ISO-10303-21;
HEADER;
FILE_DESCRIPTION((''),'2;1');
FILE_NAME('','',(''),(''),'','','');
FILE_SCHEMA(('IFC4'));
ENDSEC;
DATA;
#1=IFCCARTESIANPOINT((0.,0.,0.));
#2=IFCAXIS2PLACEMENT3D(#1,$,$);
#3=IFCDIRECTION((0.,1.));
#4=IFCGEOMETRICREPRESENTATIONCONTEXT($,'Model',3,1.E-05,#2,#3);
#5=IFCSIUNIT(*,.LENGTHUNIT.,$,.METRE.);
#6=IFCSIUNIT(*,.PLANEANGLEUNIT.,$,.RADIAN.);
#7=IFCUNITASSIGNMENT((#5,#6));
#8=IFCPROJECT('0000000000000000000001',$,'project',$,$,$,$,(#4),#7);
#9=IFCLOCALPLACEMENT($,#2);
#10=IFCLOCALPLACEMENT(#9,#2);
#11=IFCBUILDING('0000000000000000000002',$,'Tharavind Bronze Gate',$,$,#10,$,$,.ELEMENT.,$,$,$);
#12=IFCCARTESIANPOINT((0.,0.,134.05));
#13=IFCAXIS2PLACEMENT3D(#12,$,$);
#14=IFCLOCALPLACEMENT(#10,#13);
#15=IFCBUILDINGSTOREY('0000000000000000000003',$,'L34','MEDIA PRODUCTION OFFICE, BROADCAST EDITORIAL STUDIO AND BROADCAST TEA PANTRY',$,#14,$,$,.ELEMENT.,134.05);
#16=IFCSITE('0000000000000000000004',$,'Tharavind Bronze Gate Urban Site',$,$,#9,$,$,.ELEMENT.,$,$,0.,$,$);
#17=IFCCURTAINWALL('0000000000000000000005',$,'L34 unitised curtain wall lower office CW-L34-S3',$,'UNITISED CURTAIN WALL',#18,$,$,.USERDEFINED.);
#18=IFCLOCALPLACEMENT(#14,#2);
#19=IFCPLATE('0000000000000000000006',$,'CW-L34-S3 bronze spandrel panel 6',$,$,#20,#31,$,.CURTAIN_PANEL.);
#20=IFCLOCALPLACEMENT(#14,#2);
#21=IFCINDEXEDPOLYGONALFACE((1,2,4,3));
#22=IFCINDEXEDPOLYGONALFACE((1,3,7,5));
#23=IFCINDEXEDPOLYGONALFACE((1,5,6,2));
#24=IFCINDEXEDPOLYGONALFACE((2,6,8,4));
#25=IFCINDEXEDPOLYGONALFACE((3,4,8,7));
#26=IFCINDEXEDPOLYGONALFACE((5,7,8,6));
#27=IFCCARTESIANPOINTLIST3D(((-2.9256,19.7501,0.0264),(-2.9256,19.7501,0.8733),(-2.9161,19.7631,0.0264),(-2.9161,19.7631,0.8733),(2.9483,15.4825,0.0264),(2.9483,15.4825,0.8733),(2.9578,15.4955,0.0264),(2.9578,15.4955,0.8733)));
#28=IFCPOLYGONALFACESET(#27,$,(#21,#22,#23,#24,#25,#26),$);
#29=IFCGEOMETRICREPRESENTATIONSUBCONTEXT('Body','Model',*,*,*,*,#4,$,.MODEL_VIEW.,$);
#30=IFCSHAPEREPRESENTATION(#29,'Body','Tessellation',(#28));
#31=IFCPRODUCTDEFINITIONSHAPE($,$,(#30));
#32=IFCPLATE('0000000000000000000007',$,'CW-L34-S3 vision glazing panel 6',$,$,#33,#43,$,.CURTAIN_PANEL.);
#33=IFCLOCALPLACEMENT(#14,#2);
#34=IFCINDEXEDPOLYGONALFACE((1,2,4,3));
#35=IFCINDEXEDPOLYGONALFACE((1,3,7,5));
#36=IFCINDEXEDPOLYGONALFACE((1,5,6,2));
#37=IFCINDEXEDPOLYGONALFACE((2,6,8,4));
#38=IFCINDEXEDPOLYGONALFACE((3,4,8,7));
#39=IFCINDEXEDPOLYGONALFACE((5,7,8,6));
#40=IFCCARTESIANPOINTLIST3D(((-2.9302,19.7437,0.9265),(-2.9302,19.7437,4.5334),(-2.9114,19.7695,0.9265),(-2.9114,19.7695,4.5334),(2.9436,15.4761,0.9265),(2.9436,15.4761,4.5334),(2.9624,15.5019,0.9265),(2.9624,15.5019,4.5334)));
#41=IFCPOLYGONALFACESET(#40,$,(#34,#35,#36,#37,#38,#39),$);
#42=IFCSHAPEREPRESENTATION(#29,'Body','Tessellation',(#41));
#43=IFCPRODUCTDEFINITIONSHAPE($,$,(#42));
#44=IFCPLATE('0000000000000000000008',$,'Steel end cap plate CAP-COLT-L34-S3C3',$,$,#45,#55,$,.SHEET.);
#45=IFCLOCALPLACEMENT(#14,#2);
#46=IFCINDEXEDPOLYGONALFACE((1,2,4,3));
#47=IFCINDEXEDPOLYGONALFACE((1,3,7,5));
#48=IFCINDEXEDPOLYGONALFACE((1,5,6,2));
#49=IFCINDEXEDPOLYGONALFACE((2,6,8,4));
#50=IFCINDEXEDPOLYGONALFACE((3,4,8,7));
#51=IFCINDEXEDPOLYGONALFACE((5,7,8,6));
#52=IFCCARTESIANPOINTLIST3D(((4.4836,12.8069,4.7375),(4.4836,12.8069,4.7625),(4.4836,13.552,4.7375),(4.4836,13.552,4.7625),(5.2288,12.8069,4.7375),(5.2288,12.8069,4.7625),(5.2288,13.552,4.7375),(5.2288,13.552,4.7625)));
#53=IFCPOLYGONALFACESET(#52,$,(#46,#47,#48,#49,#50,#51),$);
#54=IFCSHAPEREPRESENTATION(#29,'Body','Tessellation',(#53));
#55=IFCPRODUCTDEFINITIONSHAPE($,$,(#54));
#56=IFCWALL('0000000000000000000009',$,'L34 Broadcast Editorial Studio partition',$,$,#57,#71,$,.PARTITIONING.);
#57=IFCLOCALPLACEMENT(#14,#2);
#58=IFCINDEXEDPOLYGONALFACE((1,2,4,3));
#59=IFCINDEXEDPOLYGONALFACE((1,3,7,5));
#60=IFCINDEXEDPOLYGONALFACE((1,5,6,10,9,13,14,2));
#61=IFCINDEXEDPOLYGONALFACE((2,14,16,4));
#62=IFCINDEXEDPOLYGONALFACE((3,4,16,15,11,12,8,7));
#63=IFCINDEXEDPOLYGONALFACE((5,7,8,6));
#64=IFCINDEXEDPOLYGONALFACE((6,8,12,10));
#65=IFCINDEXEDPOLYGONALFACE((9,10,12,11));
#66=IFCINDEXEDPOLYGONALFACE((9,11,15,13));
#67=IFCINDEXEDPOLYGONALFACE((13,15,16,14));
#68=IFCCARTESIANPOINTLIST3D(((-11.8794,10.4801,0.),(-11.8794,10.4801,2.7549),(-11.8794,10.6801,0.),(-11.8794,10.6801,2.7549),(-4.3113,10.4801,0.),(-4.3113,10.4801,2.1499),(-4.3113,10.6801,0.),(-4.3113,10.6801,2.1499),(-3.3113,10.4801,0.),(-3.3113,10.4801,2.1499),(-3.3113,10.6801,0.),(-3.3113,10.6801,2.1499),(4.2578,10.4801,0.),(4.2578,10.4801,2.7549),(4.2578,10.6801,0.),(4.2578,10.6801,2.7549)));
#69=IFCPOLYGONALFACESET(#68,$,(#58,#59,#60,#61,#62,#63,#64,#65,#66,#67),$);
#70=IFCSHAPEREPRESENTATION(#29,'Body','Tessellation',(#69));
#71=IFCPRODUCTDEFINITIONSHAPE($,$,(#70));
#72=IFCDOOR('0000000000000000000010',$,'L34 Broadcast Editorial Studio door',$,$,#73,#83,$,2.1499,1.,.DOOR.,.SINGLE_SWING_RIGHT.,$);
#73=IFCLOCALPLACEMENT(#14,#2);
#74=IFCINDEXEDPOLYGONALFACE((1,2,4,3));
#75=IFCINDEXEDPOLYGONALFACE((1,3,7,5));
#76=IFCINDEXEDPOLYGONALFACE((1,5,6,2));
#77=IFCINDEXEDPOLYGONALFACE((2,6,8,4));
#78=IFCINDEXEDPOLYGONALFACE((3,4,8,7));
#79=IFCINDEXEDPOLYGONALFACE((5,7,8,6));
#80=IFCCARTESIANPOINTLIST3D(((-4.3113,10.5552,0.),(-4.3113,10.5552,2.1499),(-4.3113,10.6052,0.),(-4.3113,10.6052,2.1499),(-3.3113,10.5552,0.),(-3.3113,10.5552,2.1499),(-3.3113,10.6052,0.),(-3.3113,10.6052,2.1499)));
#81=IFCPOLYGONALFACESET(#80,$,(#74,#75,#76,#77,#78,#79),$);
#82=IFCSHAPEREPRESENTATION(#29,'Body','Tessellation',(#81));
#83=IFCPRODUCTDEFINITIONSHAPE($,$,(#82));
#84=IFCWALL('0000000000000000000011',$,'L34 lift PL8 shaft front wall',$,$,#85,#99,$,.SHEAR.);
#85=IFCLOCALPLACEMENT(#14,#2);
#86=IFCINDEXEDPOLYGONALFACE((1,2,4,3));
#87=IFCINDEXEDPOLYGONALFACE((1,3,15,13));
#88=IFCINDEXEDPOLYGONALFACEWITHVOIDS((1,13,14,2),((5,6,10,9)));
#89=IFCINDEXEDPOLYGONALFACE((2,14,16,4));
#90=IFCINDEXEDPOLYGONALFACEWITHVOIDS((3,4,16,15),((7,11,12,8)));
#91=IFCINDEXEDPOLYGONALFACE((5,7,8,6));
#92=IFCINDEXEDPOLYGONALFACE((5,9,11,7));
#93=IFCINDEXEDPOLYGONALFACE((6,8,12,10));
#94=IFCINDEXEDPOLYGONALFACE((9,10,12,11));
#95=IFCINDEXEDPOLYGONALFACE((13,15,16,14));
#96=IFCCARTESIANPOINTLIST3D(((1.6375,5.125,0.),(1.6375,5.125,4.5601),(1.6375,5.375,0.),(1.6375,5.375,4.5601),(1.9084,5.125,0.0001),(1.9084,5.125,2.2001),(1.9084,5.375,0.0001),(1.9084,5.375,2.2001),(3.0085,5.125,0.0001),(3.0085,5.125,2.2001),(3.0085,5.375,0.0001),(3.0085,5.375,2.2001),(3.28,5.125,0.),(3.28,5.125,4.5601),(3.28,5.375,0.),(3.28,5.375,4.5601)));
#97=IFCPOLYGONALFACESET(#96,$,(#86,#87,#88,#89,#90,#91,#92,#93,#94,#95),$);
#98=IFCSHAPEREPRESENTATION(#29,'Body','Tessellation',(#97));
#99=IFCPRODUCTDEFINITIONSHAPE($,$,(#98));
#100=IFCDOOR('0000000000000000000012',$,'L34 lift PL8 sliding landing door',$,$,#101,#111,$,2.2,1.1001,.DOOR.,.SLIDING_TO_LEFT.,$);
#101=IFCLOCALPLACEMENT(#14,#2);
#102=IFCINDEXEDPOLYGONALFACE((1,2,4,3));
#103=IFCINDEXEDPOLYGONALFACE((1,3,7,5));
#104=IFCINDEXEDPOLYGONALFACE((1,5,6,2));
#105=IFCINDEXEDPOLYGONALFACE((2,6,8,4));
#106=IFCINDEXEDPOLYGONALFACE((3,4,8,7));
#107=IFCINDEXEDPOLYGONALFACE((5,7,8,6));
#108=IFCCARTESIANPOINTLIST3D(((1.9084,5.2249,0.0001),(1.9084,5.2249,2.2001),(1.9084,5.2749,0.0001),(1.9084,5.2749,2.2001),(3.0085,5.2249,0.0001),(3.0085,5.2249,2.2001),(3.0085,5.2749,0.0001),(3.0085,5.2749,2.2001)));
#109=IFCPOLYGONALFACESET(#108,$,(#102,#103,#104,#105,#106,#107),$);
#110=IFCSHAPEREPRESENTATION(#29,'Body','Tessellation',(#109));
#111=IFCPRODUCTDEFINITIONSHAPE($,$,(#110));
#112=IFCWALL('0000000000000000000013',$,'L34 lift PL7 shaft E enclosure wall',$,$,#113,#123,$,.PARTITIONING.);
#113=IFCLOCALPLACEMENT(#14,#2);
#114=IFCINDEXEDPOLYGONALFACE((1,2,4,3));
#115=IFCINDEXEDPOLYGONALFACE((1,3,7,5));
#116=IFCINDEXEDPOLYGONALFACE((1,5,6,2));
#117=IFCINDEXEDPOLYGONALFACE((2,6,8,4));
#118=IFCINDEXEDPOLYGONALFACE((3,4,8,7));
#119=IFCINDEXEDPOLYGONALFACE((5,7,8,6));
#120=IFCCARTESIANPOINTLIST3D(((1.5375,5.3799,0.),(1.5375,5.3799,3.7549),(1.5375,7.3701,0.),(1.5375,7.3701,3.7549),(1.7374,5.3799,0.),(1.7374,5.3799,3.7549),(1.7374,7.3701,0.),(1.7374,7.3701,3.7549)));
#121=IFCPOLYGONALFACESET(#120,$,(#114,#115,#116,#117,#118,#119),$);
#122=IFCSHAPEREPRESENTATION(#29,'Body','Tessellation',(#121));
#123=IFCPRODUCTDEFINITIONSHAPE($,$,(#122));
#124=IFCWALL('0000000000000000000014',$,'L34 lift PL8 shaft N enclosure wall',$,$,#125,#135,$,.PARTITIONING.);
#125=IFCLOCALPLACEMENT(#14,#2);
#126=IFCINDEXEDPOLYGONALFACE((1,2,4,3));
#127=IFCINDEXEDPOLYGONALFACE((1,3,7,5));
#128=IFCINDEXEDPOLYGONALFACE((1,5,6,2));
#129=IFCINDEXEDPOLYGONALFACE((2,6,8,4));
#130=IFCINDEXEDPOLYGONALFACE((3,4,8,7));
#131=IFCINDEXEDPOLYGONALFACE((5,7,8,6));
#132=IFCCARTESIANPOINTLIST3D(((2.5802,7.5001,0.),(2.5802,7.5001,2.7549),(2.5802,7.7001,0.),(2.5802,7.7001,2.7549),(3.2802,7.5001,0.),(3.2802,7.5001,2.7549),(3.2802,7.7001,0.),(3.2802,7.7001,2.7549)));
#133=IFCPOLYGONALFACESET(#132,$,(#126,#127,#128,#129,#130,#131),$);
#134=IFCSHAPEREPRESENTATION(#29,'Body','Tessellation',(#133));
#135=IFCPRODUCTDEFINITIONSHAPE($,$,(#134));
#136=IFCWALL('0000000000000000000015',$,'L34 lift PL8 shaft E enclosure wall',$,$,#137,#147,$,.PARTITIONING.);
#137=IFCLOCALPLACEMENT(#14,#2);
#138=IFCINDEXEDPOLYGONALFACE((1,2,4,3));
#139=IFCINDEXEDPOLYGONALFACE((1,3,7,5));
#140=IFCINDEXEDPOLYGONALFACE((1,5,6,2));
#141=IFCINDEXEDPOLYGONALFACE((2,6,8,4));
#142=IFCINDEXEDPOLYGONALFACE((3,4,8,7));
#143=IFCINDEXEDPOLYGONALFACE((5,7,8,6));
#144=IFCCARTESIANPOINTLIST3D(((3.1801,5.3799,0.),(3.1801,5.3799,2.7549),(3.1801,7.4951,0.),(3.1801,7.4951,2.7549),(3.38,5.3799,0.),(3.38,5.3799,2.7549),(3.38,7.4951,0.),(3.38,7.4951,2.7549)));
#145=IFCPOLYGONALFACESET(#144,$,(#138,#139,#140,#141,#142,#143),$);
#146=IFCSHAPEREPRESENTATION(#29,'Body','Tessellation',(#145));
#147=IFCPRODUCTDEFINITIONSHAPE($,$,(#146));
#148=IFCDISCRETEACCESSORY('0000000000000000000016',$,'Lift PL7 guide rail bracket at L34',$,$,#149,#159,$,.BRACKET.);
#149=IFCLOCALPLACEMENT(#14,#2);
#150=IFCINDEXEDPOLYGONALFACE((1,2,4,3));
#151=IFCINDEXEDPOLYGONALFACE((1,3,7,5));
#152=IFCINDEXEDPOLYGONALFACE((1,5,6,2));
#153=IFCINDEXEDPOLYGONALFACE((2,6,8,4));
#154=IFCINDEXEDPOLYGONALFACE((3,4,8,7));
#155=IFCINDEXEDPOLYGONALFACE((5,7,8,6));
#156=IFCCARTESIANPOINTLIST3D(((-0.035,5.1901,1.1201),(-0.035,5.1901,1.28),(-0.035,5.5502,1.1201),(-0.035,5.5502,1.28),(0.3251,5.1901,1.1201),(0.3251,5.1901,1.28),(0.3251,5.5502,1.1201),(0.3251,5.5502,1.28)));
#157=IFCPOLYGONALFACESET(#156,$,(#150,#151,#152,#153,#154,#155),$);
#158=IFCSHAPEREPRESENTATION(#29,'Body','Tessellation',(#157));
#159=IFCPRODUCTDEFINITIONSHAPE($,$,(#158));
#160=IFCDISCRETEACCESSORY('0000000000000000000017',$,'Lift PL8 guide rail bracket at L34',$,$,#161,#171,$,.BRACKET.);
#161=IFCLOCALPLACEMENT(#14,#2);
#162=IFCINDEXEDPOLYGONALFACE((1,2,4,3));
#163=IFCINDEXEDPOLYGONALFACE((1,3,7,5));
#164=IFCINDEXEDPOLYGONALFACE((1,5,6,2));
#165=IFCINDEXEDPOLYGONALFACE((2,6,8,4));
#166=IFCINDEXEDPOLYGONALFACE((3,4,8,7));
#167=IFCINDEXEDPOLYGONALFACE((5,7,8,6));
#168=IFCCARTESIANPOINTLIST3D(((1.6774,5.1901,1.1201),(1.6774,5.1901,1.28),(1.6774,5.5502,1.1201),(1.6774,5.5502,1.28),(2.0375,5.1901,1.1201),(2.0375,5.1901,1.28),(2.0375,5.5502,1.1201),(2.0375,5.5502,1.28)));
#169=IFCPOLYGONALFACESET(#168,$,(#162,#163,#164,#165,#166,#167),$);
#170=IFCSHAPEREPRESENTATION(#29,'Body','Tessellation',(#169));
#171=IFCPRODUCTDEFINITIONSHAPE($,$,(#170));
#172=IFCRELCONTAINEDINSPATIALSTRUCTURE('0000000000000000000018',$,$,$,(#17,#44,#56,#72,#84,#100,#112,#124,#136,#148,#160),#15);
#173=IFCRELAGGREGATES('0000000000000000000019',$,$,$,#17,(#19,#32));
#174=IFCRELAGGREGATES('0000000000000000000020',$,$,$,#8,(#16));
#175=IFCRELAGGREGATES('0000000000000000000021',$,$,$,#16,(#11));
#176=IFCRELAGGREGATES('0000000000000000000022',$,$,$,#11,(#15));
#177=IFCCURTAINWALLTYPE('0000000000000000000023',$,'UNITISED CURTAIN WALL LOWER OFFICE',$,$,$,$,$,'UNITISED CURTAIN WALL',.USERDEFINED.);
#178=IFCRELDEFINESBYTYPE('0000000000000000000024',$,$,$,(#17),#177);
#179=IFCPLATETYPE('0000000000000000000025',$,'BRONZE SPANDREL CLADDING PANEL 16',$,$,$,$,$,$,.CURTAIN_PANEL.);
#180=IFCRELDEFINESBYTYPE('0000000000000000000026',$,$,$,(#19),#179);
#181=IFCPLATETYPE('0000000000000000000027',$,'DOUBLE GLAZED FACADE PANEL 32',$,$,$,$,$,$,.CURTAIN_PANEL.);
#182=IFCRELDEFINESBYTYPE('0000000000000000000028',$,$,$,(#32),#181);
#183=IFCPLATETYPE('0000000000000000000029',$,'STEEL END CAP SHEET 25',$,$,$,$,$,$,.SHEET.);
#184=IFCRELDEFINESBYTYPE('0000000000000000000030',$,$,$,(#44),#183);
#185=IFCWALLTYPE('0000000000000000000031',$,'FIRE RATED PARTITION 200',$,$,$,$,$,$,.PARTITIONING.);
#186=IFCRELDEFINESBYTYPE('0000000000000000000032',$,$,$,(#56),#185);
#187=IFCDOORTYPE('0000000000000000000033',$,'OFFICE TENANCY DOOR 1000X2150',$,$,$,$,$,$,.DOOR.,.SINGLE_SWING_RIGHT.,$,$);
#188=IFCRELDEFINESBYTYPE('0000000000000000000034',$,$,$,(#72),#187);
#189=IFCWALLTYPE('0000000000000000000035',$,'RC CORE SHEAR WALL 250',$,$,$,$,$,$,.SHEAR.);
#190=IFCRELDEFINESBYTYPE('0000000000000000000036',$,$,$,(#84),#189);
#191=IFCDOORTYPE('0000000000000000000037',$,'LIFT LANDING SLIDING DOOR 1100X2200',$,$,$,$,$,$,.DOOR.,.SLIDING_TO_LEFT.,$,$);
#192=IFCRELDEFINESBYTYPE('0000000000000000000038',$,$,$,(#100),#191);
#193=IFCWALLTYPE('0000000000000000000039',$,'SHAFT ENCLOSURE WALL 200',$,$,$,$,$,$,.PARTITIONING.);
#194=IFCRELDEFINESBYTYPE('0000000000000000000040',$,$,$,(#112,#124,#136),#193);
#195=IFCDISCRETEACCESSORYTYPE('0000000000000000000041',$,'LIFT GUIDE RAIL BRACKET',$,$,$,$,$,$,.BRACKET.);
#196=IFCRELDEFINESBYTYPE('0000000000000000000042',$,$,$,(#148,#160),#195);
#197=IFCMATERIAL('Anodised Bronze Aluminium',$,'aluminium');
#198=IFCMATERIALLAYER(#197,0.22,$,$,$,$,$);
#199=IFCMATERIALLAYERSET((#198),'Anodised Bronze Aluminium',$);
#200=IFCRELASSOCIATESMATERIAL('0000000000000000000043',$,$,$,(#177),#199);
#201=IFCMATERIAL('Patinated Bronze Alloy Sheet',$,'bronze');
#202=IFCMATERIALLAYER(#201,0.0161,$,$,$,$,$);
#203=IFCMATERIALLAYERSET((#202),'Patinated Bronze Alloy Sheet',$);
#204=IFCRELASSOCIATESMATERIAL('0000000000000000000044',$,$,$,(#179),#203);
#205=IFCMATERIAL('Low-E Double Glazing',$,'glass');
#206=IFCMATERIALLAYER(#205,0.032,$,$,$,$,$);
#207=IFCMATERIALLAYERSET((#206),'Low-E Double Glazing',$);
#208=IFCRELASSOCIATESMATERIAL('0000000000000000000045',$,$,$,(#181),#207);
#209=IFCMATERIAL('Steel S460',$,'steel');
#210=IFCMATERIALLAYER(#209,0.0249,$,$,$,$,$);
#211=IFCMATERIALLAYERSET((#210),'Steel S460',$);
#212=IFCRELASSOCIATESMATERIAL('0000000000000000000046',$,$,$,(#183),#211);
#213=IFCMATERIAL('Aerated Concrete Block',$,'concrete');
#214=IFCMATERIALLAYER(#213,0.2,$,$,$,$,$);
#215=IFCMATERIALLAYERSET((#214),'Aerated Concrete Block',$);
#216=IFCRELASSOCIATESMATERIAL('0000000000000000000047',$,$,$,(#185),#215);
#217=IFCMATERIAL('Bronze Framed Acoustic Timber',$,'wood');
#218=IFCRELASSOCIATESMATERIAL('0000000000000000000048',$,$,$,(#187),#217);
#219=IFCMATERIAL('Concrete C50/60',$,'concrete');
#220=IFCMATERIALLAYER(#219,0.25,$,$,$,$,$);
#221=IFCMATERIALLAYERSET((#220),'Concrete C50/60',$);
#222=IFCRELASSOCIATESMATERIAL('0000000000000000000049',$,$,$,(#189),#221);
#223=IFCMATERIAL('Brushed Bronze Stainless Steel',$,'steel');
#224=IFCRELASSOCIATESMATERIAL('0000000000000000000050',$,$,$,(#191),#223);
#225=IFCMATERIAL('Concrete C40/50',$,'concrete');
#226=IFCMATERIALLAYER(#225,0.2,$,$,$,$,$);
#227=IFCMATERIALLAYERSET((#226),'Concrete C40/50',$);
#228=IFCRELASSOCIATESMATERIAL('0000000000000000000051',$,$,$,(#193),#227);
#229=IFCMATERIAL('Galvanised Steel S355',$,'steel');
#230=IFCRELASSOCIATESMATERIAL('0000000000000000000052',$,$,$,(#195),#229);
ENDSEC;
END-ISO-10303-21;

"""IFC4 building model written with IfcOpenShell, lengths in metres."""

from ifc_helpers import new_model, si_unit, direction, frame, frame_2d, origin, origin_2d, place, context, subcontext, project, spatial, rectangle, extrude, material, layer, layer_set, type_object, element, fill, aggregate, save


model = new_model("IFC4")

# Units and contexts
model_context = context("Model", 3, precision=1e-05, world=origin(), true_north=direction((0.0, 1.0)))
body_context = subcontext(model_context, "Body", "Model", "MODEL_VIEW")
ifc_project = project(units=[si_unit("LENGTHUNIT", "METRE"), si_unit("PLANEANGLEUNIT", "RADIAN")], contexts=[model_context])

# Site, building, storey
site_placement = place(None, origin())
site = spatial("IfcSite", under=ifc_project, at=site_placement, Name="Tharavind Bronze Gate Urban Site", CompositionType="ELEMENT", RefElevation=0.0)
building_placement = place(site_placement, origin())
building = spatial("IfcBuilding", under=site, at=building_placement, Name="Tharavind Bronze Gate", CompositionType="ELEMENT")
storey_placement = place(building_placement, frame((0.0, 0.0, 134.05)))
storey = spatial("IfcBuildingStorey", under=building, at=storey_placement, Name="L34", Description="MEDIA PRODUCTION OFFICE, BROADCAST EDITORIAL STUDIO AND BROADCAST TEA PANTRY", CompositionType="ELEMENT", Elevation=134.05)

# Shared definitions
ifc_material_1 = material(Name="Steel S460", Category="steel")

# Curtain wall
ifc_material_2 = material(Name="Anodised Bronze Aluminium", Category="aluminium")
ifc_layer_1 = layer(ifc_material_2, 0.22)
ifc_layer_set_1 = layer_set([ifc_layer_1], Name="Anodised Bronze Aluminium")
curtain_wall_type = type_object("IfcCurtainWallType", Name="UNITISED CURTAIN WALL LOWER OFFICE", ElementType="UNITISED CURTAIN WALL", PredefinedType="USERDEFINED", material=ifc_layer_set_1)
curtain_wall_placement = place(storey_placement, origin())
curtain_wall = element("IfcCurtainWall", 1, at=curtain_wall_placement, inside=storey, type_object=curtain_wall_type, Name="L34 unitised curtain wall lower office CW-L34-S3", ObjectType="UNITISED CURTAIN WALL", PredefinedType="USERDEFINED")

# Plates
ifc_material_3 = material(Name="Patinated Bronze Alloy Sheet", Category="bronze")
ifc_layer_2 = layer(ifc_material_3, 0.0161)
ifc_layer_set_2 = layer_set([ifc_layer_2], Name="Patinated Bronze Alloy Sheet")
plate_type_1 = type_object("IfcPlateType", Name="BRONZE SPANDREL CLADDING PANEL 16", PredefinedType="CURTAIN_PANEL", material=ifc_layer_set_2)
plate_1_placement = place(storey_placement, frame((0.0161, 17.6228, 0.0264), z_axis=(0.0, 0.0, 1.0), x_axis=(-0.809017, 0.587785, 0.0)))
plate_1 = element("IfcPlate", 2, at=plate_1_placement, type_object=plate_type_1, Name="CW-L34-S3 bronze spandrel panel 6", PredefinedType="CURTAIN_PANEL", context=body_context, shape_type="SweptSolid", body=[
    extrude(rectangle(XDim=7.2605, YDim=0.0161, at=origin_2d()), origin(), (0.0, 0.0, 1.0), 0.8469),
])
ifc_material_4 = material(Name="Low-E Double Glazing", Category="glass")
ifc_layer_3 = layer(ifc_material_4, 0.032)
ifc_layer_set_3 = layer_set([ifc_layer_3], Name="Low-E Double Glazing")
plate_type_2 = type_object("IfcPlateType", Name="DOUBLE GLAZED FACADE PANEL 32", PredefinedType="CURTAIN_PANEL", material=ifc_layer_set_3)
plate_2_placement = place(storey_placement, frame((0.0161, 17.6228, 0.9265), z_axis=(0.0, 0.0, 1.0), x_axis=(-0.809017, 0.587785, 0.0)))
plate_2 = element("IfcPlate", 3, at=plate_2_placement, type_object=plate_type_2, Name="CW-L34-S3 vision glazing panel 6", PredefinedType="CURTAIN_PANEL", context=body_context, shape_type="SweptSolid", body=[
    extrude(rectangle(XDim=7.2605, YDim=0.032, at=origin_2d()), origin(), (0.0, 0.0, 1.0), 3.6069),
])
aggregate(curtain_wall, [plate_1, plate_2])
ifc_layer_4 = layer(ifc_material_1, 0.0249)
ifc_layer_set_4 = layer_set([ifc_layer_4], Name="Steel S460")
plate_type_3 = type_object("IfcPlateType", Name="STEEL END CAP SHEET 25", PredefinedType="SHEET", material=ifc_layer_set_4)
plate_3_placement = place(storey_placement, frame((4.8562, 13.1794, 4.7375), z_axis=(0.0, 0.0, 1.0), x_axis=(1.0, 0.0, 0.0)))
element("IfcPlate", 4, at=plate_3_placement, inside=storey, type_object=plate_type_3, Name="Steel end cap plate CAP-COLT-L34-S3C3", PredefinedType="SHEET", context=body_context, shape_type="SweptSolid", body=[
    extrude(rectangle(XDim=0.7451, YDim=0.7451, at=origin_2d()), origin(), (0.0, 0.0, 1.0), 0.0249),
])

# Walls, openings, doors
ifc_material_5 = material(Name="Aerated Concrete Block", Category="concrete")
ifc_layer_5 = layer(ifc_material_5, 0.2)
ifc_layer_set_5 = layer_set([ifc_layer_5], Name="Aerated Concrete Block")
wall_type_1 = type_object("IfcWallType", Name="FIRE RATED PARTITION 200", PredefinedType="PARTITIONING", material=ifc_layer_set_5)
wall_1_placement = place(storey_placement, frame((4.2578, 10.5801, 0.0), z_axis=(0.0, 0.0, 1.0), x_axis=(-1.0, 0.0, 0.0)))
wall_1 = element("IfcWall", 5, at=wall_1_placement, inside=storey, type_object=wall_type_1, Name="L34 Broadcast Editorial Studio partition", PredefinedType="PARTITIONING", context=body_context, shape_type="SweptSolid", body=[
    extrude(rectangle(XDim=16.1372, YDim=0.2, at=frame_2d((8.0686, 0.0))), origin(), (0.0, 0.0, 1.0), 2.7549),
])
opening_1_placement = place(wall_1_placement, frame((7.5691, 0.0, 0.0)))
opening_1 = element("IfcOpeningElement", 6, at=opening_1_placement, cuts=wall_1, PredefinedType="OPENING", context=body_context, shape_type="SweptSolid", body=[
    extrude(rectangle(XDim=1.0, YDim=2.1499, at=frame_2d((0.5, 1.075))), frame((0.0, 0.1101, 0.0), z_axis=(0.0, -1.0, 0.0), x_axis=(1.0, 0.0, 0.0)), (0.0, 0.0, 1.0), 0.22),
])
ifc_material_6 = material(Name="Bronze Framed Acoustic Timber", Category="wood")
door_type_1 = type_object("IfcDoorType", Name="OFFICE TENANCY DOOR 1000X2150", OperationType="SINGLE_SWING_RIGHT", PredefinedType="DOOR", material=ifc_material_6)
door_1_placement = place(opening_1_placement, origin())
door_1 = element("IfcDoor", 7, at=door_1_placement, inside=storey, type_object=door_type_1, Name="L34 Broadcast Editorial Studio door", OperationType="SINGLE_SWING_RIGHT", OverallHeight=2.1499, OverallWidth=1.0, PredefinedType="DOOR", context=body_context, shape_type="SweptSolid", body=[
    extrude(rectangle(XDim=1.0, YDim=2.1499, at=frame_2d((0.5, 1.075))), frame((0.0, 0.0249, 0.0), z_axis=(0.0, -1.0, 0.0), x_axis=(1.0, 0.0, 0.0)), (0.0, 0.0, 1.0), 0.05),
])
fill(opening_1, door_1)
ifc_material_7 = material(Name="Concrete C50/60", Category="concrete")
ifc_layer_6 = layer(ifc_material_7, 0.25)
ifc_layer_set_6 = layer_set([ifc_layer_6], Name="Concrete C50/60")
wall_type_2 = type_object("IfcWallType", Name="RC CORE SHEAR WALL 250", PredefinedType="SHEAR", material=ifc_layer_set_6)
wall_2_placement = place(storey_placement, frame((1.6375, 5.25, 0.0), z_axis=(0.0, 0.0, 1.0), x_axis=(1.0, 0.0, 0.0)))
wall_2 = element("IfcWall", 8, at=wall_2_placement, inside=storey, type_object=wall_type_2, Name="L34 lift PL8 shaft front wall", PredefinedType="SHEAR", context=body_context, shape_type="SweptSolid", body=[
    extrude(rectangle(XDim=1.6426, YDim=0.25, at=frame_2d((0.8213, 0.0))), origin(), (0.0, 0.0, 1.0), 4.5601),
])
opening_2_placement = place(wall_2_placement, frame((0.271, 0.0, 0.0)))
opening_2 = element("IfcOpeningElement", 9, at=opening_2_placement, cuts=wall_2, PredefinedType="OPENING", context=body_context, shape_type="SweptSolid", body=[
    extrude(rectangle(XDim=1.1001, YDim=2.2, at=frame_2d((0.55, 1.1001))), frame((0.0, 0.135, 0.0), z_axis=(0.0, -1.0, 0.0), x_axis=(1.0, 0.0, 0.0)), (0.0, 0.0, 1.0), 0.27),
])
ifc_material_8 = material(Name="Brushed Bronze Stainless Steel", Category="steel")
door_type_2 = type_object("IfcDoorType", Name="LIFT LANDING SLIDING DOOR 1100X2200", OperationType="SLIDING_TO_LEFT", PredefinedType="DOOR", material=ifc_material_8)
door_2_placement = place(opening_2_placement, origin())
door_2 = element("IfcDoor", 10, at=door_2_placement, inside=storey, type_object=door_type_2, Name="L34 lift PL8 sliding landing door", OperationType="SLIDING_TO_LEFT", OverallHeight=2.2, OverallWidth=1.1001, PredefinedType="DOOR", context=body_context, shape_type="SweptSolid", body=[
    extrude(rectangle(XDim=1.1001, YDim=2.2, at=frame_2d((0.55, 1.1001))), frame((0.0, 0.0249, 0.0), z_axis=(0.0, -1.0, 0.0), x_axis=(1.0, 0.0, 0.0)), (0.0, 0.0, 1.0), 0.05),
])
fill(opening_2, door_2)

# Walls
ifc_material_9 = material(Name="Concrete C40/50", Category="concrete")
ifc_layer_7 = layer(ifc_material_9, 0.2)
ifc_layer_set_7 = layer_set([ifc_layer_7], Name="Concrete C40/50")
wall_type_3 = type_object("IfcWallType", Name="SHAFT ENCLOSURE WALL 200", PredefinedType="PARTITIONING", material=ifc_layer_set_7)
wall_3_placement = place(storey_placement, frame((1.6375, 5.3799, 0.0), z_axis=(0.0, 0.0, 1.0), x_axis=(0.0, 1.0, 0.0)))
element("IfcWall", 11, at=wall_3_placement, inside=storey, type_object=wall_type_3, Name="L34 lift PL7 shaft E enclosure wall", PredefinedType="PARTITIONING", context=body_context, shape_type="SweptSolid", body=[
    extrude(rectangle(XDim=1.9902, YDim=0.2, at=frame_2d((0.9951, 0.0))), origin(), (0.0, 0.0, 1.0), 3.7549),
])
wall_4_placement = place(storey_placement, frame((2.5801, 7.6001, 0.0), z_axis=(0.0, 0.0, 1.0), x_axis=(1.0, 0.0, 0.0)))
element("IfcWall", 12, at=wall_4_placement, inside=storey, type_object=wall_type_3, Name="L34 lift PL8 shaft N enclosure wall", PredefinedType="PARTITIONING", context=body_context, shape_type="SweptSolid", body=[
    extrude(rectangle(XDim=0.7, YDim=0.2, at=frame_2d((0.3501, 0.0))), origin(), (0.0, 0.0, 1.0), 2.7549),
])
wall_5_placement = place(storey_placement, frame((3.28, 5.3799, 0.0), z_axis=(0.0, 0.0, 1.0), x_axis=(0.0, 1.0, 0.0)))
element("IfcWall", 13, at=wall_5_placement, inside=storey, type_object=wall_type_3, Name="L34 lift PL8 shaft E enclosure wall", PredefinedType="PARTITIONING", context=body_context, shape_type="SweptSolid", body=[
    extrude(rectangle(XDim=2.1152, YDim=0.2, at=frame_2d((1.0576, 0.0))), origin(), (0.0, 0.0, 1.0), 2.7549),
])

# Discrete accessories
ifc_material_10 = material(Name="Galvanised Steel S355", Category="steel")
discrete_accessory_type = type_object("IfcDiscreteAccessoryType", Name="LIFT GUIDE RAIL BRACKET", PredefinedType="BRACKET", material=ifc_material_10)
for number, where, z_axis, x_axis, name in (
    (14, (0.145, 5.3701, 1.1201), (0.0, 0.0, 1.0), (1.0, 0.0, 0.0), "Lift PL7 guide rail bracket at L34"),
    (15, (1.8574, 5.3701, 1.1201), (0.0, 0.0, 1.0), (1.0, 0.0, 0.0), "Lift PL8 guide rail bracket at L34"),
):
    element("IfcDiscreteAccessory", number, at=place(storey_placement, frame(where, z_axis=z_axis, x_axis=x_axis)), inside=storey, type_object=discrete_accessory_type, Name=name, PredefinedType="BRACKET", context=body_context, shape_type="SweptSolid", body=[
        extrude(rectangle(XDim=0.3601, YDim=0.3601, at=origin_2d()), origin(), (0.0, 0.0, 1.0), 0.1599),
    ])

save(model, "model.ifc")
